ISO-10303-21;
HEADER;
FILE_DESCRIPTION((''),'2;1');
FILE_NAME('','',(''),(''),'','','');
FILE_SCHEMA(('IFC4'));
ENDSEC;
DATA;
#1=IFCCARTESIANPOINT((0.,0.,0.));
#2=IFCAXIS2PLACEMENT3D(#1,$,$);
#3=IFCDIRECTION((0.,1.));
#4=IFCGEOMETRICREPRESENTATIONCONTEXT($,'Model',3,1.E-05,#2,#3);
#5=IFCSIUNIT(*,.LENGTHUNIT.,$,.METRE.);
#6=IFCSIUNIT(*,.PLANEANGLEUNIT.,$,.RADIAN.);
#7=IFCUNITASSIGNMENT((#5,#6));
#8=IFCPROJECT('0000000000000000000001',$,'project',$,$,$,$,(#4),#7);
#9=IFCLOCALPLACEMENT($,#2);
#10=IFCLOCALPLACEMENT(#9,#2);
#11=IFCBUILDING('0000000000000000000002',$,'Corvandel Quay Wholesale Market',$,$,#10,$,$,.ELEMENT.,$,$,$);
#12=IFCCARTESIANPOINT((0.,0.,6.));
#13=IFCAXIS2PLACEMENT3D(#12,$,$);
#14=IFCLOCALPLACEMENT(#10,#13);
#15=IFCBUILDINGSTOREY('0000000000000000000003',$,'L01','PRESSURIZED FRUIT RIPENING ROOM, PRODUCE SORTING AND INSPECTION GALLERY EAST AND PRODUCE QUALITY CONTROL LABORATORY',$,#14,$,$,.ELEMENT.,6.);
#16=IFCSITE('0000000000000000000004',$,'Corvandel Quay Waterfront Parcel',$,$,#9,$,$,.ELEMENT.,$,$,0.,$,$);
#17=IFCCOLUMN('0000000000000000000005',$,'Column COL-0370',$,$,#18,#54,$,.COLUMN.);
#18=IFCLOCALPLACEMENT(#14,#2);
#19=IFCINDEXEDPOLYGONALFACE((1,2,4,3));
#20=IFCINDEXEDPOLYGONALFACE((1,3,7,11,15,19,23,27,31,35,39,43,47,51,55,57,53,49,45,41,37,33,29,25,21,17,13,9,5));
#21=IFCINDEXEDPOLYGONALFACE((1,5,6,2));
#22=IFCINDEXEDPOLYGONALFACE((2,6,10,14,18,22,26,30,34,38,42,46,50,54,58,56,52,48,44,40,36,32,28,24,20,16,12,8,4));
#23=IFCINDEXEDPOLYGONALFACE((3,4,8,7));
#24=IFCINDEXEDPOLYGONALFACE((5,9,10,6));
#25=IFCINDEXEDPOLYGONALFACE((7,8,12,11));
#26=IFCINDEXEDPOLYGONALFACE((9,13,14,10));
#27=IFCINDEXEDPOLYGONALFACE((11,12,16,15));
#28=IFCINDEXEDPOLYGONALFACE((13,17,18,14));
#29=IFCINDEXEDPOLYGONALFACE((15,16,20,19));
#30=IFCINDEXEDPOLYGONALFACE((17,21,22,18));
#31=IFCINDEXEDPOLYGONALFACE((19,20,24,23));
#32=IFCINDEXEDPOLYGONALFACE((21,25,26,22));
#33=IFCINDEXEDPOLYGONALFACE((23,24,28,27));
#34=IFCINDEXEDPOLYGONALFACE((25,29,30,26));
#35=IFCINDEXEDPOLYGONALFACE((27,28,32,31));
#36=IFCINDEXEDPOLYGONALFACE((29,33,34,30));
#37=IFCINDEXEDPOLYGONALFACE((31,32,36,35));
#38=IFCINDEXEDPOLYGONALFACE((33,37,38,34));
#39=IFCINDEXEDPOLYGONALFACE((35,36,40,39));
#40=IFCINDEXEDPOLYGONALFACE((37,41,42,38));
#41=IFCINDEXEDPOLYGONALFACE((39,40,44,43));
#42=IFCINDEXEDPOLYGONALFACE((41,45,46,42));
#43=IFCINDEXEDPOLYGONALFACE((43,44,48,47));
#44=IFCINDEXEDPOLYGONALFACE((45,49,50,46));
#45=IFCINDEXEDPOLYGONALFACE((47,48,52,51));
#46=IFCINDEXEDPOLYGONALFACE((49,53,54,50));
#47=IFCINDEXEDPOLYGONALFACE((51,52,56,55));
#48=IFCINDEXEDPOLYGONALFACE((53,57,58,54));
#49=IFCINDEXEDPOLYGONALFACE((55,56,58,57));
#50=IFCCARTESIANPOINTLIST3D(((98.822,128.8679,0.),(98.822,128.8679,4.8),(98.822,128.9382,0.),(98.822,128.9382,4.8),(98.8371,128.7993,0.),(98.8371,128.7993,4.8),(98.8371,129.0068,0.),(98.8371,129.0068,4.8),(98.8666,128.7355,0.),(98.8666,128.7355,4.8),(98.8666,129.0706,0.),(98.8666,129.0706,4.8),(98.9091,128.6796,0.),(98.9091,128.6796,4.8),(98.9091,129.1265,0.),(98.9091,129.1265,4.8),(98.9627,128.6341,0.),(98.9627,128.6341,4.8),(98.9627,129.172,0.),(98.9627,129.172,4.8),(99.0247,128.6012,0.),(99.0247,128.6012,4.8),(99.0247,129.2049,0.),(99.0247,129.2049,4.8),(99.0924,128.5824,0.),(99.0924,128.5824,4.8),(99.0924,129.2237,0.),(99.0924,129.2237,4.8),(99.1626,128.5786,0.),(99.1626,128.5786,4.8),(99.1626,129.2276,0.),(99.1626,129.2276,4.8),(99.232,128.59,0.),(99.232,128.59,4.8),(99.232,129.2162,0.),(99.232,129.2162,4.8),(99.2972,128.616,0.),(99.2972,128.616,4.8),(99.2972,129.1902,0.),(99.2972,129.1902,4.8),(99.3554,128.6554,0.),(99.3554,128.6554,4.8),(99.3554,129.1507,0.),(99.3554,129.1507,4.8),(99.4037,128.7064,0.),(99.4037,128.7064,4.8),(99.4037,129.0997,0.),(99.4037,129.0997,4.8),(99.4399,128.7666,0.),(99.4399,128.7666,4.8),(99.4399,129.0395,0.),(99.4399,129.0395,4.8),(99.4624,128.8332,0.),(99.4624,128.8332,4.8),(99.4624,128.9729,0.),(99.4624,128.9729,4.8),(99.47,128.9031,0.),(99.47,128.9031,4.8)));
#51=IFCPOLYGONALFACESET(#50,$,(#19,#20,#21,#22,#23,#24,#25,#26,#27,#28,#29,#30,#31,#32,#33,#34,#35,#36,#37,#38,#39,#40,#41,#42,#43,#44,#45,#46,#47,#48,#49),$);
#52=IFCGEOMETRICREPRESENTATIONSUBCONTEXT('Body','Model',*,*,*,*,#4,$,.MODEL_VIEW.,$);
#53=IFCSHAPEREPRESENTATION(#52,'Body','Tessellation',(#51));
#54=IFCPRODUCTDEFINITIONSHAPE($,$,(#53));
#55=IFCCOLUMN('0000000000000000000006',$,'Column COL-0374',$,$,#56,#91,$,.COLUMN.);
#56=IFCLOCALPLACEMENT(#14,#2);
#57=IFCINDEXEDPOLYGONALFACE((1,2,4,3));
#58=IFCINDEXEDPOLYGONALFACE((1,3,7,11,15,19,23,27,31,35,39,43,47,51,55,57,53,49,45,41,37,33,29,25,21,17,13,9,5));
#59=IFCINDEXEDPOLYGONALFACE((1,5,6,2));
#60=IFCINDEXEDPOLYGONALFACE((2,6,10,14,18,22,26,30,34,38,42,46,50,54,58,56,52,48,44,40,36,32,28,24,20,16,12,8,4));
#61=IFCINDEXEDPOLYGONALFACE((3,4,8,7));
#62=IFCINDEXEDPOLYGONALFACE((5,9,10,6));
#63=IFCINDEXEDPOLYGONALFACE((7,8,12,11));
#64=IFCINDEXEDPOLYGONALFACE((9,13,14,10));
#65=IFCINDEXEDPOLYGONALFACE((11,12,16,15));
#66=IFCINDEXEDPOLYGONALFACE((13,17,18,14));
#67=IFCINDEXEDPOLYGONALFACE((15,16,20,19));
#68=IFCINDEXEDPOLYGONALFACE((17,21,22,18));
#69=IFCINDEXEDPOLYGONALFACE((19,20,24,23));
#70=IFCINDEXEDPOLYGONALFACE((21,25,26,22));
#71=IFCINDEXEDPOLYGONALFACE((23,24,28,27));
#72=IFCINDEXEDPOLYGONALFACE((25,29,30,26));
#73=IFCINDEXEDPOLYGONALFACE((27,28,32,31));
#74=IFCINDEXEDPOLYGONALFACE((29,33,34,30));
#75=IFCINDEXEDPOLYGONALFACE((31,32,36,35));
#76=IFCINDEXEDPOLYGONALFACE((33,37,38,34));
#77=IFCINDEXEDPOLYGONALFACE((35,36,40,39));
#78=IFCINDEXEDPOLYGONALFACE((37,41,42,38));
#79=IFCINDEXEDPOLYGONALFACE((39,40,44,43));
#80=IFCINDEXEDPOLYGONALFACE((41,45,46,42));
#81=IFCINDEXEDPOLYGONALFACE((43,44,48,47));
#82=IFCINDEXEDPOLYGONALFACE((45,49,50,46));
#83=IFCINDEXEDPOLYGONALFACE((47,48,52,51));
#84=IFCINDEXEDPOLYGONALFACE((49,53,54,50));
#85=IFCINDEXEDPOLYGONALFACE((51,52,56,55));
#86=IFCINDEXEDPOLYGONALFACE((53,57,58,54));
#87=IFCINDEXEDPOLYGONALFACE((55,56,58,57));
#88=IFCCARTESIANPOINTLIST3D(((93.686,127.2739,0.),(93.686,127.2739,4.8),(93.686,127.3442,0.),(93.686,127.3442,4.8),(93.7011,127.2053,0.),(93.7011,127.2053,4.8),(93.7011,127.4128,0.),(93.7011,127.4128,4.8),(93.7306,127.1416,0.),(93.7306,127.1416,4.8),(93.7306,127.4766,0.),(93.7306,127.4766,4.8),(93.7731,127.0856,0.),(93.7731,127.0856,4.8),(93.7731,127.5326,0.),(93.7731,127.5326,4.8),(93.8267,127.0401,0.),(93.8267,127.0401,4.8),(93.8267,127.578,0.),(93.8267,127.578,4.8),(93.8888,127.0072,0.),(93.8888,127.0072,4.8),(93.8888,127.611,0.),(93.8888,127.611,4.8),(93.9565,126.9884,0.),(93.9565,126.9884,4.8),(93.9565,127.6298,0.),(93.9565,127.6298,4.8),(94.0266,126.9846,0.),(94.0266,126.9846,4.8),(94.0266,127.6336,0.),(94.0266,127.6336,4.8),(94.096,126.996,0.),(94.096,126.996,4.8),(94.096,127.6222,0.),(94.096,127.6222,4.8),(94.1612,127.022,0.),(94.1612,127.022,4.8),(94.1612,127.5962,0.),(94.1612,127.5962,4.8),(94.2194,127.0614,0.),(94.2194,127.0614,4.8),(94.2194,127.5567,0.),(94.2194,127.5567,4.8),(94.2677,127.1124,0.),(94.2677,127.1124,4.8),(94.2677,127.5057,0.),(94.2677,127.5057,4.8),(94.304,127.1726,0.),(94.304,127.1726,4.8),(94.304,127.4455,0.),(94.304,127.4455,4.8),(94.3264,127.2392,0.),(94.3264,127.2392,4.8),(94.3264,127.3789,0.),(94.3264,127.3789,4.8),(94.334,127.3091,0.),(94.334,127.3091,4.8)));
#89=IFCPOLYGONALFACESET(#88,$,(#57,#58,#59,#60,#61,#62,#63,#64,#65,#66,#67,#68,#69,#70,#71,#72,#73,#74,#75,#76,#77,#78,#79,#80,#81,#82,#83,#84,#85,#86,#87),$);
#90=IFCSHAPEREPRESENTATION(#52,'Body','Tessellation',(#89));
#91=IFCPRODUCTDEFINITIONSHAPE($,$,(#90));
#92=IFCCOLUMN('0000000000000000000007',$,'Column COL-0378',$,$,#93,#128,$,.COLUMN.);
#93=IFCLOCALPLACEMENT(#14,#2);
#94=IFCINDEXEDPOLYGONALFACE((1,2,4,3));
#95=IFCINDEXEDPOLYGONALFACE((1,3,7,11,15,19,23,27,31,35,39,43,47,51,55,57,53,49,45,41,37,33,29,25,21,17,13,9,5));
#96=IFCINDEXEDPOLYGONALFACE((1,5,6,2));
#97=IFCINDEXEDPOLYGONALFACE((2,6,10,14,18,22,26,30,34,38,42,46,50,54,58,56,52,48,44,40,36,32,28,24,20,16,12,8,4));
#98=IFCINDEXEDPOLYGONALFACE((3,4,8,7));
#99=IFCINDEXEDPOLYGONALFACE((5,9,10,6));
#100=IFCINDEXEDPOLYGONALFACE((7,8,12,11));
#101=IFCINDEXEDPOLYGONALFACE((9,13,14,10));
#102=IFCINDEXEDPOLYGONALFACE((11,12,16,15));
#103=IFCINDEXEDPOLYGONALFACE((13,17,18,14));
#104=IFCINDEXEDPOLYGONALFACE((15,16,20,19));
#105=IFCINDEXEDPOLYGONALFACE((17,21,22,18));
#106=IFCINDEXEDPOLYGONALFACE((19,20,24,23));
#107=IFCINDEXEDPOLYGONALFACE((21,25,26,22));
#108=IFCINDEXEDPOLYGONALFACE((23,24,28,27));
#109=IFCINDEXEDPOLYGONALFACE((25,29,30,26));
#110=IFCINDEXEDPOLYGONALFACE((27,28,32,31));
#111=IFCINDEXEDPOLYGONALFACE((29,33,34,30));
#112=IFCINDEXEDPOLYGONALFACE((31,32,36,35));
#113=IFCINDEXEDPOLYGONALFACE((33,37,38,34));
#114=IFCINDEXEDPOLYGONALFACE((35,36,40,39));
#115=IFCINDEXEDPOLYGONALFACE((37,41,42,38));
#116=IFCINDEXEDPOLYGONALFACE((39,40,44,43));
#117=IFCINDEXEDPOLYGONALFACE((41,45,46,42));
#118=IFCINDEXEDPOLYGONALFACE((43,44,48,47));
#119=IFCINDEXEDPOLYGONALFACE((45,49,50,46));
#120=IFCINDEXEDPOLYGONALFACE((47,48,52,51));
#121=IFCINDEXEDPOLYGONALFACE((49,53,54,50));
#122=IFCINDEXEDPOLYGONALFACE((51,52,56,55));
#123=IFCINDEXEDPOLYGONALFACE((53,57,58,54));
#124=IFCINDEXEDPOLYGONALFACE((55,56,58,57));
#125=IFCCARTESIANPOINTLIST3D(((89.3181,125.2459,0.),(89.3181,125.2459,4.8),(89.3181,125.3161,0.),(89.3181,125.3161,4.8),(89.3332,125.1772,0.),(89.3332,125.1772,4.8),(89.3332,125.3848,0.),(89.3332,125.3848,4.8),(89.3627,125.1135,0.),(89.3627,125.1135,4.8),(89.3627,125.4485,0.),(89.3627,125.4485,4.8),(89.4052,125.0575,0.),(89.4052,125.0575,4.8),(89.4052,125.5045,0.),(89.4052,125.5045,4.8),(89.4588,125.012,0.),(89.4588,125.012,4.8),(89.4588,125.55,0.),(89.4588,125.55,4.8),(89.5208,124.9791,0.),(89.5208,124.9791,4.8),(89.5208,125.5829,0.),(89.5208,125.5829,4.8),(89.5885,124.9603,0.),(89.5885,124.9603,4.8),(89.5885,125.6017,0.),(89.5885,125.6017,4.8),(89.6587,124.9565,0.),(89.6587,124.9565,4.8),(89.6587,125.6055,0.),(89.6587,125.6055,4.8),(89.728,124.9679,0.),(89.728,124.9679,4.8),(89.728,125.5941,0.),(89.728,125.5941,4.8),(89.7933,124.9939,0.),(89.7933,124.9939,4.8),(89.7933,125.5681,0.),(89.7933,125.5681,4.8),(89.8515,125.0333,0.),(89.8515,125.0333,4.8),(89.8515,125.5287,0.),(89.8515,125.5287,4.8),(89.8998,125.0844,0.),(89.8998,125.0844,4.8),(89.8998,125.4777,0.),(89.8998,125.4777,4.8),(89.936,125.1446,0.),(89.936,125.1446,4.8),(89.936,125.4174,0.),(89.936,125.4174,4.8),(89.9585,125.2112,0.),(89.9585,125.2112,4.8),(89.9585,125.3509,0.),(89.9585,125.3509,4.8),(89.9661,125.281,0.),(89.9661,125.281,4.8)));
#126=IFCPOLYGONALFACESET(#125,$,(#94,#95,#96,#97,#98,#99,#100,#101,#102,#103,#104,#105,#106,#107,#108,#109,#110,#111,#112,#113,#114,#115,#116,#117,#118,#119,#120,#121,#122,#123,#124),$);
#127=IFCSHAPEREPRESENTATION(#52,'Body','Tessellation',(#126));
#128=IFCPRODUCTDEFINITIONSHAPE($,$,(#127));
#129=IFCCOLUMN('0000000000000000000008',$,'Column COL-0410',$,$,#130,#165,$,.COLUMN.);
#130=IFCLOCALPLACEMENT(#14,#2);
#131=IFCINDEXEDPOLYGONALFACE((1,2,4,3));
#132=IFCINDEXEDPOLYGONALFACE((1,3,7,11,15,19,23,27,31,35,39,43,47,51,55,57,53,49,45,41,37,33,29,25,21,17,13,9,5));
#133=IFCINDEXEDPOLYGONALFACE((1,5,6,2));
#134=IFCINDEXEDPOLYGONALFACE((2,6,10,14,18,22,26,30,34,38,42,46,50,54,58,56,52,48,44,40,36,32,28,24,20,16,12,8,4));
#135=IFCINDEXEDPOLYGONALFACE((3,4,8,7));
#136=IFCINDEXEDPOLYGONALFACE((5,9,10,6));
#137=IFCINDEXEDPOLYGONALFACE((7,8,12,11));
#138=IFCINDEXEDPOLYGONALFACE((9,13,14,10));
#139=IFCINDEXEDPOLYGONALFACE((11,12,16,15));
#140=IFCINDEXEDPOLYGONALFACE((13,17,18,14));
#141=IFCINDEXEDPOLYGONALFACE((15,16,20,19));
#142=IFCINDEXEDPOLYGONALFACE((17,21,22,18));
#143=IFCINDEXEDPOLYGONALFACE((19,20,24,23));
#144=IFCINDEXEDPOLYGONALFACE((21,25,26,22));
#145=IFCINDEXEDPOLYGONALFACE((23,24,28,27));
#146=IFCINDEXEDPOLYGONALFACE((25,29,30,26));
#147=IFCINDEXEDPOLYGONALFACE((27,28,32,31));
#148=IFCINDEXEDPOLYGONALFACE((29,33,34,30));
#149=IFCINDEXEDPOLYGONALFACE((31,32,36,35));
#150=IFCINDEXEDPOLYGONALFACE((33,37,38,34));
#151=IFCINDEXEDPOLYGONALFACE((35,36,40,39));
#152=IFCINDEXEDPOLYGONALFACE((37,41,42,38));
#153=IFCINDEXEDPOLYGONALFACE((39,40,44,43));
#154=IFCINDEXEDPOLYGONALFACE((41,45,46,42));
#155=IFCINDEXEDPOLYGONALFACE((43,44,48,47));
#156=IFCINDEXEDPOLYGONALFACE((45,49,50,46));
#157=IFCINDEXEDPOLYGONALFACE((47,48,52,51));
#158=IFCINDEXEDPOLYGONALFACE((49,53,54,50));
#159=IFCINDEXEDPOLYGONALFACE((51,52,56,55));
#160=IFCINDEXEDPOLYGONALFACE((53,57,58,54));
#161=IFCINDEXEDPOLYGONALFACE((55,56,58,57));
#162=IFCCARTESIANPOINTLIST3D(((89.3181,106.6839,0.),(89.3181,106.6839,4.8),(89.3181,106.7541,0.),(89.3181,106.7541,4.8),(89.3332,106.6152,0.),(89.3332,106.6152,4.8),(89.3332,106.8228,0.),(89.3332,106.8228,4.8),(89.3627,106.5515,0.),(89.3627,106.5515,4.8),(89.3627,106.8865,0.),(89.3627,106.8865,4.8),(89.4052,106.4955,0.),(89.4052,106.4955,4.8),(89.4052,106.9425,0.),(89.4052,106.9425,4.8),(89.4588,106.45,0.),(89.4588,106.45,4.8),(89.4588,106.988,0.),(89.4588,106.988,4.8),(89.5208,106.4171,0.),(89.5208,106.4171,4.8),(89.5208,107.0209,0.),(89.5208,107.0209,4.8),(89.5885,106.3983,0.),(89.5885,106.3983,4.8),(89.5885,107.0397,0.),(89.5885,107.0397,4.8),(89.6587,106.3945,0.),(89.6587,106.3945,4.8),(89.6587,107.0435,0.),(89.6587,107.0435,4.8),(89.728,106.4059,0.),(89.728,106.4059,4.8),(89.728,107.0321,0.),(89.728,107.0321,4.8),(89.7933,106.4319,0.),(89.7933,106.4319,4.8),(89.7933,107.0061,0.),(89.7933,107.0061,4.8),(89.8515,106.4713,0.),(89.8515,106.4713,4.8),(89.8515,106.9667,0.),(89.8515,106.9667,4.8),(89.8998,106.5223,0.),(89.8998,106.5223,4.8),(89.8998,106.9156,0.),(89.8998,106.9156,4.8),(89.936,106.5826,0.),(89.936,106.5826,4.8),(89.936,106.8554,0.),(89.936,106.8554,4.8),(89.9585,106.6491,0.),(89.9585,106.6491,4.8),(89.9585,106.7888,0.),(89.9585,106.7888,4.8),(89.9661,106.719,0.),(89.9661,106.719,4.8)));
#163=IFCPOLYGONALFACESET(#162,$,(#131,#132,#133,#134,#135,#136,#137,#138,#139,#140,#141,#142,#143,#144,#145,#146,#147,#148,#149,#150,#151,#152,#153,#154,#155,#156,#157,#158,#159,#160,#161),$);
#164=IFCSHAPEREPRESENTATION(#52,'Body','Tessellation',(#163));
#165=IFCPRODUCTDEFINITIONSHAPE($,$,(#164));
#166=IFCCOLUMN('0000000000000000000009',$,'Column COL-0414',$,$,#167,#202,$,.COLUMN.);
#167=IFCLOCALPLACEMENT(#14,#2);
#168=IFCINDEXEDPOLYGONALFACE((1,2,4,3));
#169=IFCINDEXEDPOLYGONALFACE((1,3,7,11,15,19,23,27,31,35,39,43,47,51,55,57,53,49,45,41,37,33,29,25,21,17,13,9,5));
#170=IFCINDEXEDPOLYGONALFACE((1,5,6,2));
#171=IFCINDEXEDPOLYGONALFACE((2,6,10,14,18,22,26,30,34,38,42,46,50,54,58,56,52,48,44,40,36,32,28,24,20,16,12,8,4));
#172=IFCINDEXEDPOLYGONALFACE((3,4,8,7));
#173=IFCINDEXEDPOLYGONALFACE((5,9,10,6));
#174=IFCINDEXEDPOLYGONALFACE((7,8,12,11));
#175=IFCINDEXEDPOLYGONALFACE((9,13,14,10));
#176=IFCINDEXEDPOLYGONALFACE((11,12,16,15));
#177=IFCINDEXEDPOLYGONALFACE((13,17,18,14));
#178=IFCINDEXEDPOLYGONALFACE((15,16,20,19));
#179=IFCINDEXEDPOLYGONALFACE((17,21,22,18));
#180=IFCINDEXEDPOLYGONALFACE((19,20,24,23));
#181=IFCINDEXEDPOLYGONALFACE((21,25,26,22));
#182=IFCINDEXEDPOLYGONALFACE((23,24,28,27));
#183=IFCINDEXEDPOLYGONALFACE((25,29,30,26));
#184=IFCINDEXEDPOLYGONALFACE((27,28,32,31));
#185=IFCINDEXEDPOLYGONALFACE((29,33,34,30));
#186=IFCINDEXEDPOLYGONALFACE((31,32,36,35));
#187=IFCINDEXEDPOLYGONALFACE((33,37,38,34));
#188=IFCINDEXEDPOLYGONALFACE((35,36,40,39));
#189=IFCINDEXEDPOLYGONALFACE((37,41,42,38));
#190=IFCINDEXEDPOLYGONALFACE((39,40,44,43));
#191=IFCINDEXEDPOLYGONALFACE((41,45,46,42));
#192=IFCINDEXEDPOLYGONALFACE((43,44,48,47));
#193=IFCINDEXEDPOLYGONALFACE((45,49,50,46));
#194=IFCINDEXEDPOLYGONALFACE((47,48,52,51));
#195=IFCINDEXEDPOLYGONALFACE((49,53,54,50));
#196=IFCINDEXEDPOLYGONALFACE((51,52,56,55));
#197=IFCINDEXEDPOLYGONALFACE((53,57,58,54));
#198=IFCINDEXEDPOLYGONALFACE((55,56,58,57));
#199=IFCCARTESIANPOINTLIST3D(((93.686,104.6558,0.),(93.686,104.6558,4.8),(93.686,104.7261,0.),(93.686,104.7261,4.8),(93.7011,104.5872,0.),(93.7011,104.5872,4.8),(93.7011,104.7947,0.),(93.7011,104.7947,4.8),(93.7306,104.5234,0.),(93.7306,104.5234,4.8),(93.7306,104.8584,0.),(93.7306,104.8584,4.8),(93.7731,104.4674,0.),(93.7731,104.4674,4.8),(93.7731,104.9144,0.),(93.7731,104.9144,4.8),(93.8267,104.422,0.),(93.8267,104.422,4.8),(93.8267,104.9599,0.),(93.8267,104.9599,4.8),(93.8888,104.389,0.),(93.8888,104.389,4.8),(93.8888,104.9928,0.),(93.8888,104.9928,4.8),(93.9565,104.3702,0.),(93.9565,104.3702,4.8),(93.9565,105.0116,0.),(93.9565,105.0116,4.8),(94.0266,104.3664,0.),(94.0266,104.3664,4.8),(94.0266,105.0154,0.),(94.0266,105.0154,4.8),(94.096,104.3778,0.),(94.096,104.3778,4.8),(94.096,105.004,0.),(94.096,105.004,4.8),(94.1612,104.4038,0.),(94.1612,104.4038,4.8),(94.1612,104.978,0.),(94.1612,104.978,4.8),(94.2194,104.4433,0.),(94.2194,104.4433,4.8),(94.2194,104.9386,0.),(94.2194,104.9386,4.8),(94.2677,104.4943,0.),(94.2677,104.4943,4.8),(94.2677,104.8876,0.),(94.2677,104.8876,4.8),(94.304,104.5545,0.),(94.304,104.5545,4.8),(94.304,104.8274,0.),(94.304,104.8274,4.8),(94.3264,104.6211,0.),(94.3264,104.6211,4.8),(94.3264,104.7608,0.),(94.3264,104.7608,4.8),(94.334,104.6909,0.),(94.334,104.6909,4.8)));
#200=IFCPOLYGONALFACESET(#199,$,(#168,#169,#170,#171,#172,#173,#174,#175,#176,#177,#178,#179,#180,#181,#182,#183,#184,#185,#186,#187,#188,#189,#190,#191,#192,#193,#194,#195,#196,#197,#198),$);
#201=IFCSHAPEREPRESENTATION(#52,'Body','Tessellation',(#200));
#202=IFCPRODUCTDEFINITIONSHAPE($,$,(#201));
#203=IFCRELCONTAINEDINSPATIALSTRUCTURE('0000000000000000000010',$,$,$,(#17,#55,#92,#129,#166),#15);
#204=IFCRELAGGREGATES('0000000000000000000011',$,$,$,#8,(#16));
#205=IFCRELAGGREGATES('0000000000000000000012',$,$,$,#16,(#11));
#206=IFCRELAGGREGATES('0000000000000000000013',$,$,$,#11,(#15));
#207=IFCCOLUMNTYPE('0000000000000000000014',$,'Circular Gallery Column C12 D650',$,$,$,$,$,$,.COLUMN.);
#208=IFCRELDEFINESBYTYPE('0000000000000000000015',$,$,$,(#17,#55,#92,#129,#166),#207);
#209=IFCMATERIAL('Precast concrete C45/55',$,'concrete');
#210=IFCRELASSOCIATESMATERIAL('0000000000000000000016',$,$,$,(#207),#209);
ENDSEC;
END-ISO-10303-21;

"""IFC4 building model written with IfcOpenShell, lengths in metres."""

from ifc_helpers import new_model, si_unit, direction, frame, origin, origin_2d, place, context, subcontext, project, spatial, circle, extrude, material, material_profile, profile_set, type_object, element, save


model = new_model("IFC4")

# Units and contexts
model_context = context("Model", 3, precision=1e-05, world=origin(), true_north=direction((0.0, 1.0)))
body_context = subcontext(model_context, "Body", "Model", "MODEL_VIEW")
ifc_project = project(units=[si_unit("LENGTHUNIT", "METRE"), si_unit("PLANEANGLEUNIT", "RADIAN")], contexts=[model_context])

# Site, building, storey
site_placement = place(None, origin())
site = spatial("IfcSite", under=ifc_project, at=site_placement, Name="Corvandel Quay Waterfront Parcel", CompositionType="ELEMENT", RefElevation=0.0)
building_placement = place(site_placement, origin())
building = spatial("IfcBuilding", under=site, at=building_placement, Name="Corvandel Quay Wholesale Market", CompositionType="ELEMENT")
storey_placement = place(building_placement, frame((0.0, 0.0, 6.0)))
storey = spatial("IfcBuildingStorey", under=building, at=storey_placement, Name="L01", Description="PRESSURIZED FRUIT RIPENING ROOM, PRODUCE SORTING AND INSPECTION GALLERY EAST AND PRODUCE QUALITY CONTROL LABORATORY", CompositionType="ELEMENT", Elevation=6.0)

# Columns
ifc_material_1 = material(Name="Precast concrete C45/55", Category="concrete")
ifc_material_profile_1 = material_profile(ifc_material_1, circle(Radius=0.325, at=origin_2d()), Name="PC-COL-D650")
ifc_profile_set_1 = profile_set([ifc_material_profile_1], Name="Precast concrete C45/55")
column_type_1 = type_object("IfcColumnType", Name="Circular Gallery Column C12 D650", PredefinedType="COLUMN", material=ifc_profile_set_1)
for number, where, z_axis, x_axis, name in (
    (1, (99.145, 128.9031, 0.0), (0.0, 0.0, 1.0), (1.0, 0.0, 0.0), "Column COL-0370"),
    (2, (94.009, 127.3091, 0.0), (0.0, 0.0, 1.0), (1.0, 0.0, 0.0), "Column COL-0374"),
    (3, (89.6411, 125.281, 0.0), (0.0, 0.0, 1.0), (1.0, 0.0, 0.0), "Column COL-0378"),
    (4, (89.6411, 106.719, 0.0), (0.0, 0.0, 1.0), (1.0, 0.0, 0.0), "Column COL-0410"),
    (5, (94.009, 104.6909, 0.0), (0.0, 0.0, 1.0), (1.0, 0.0, 0.0), "Column COL-0414"),
):
    element("IfcColumn", number, at=place(storey_placement, frame(where, z_axis=z_axis, x_axis=x_axis)), inside=storey, type_object=column_type_1, Name=name, PredefinedType="COLUMN", context=body_context, shape_type="SweptSolid", body=[
        extrude(circle(Radius=0.325, at=origin_2d()), origin(), (0.0, 0.0, 1.0), 4.8),
    ])

save(model, "model.ifc")
